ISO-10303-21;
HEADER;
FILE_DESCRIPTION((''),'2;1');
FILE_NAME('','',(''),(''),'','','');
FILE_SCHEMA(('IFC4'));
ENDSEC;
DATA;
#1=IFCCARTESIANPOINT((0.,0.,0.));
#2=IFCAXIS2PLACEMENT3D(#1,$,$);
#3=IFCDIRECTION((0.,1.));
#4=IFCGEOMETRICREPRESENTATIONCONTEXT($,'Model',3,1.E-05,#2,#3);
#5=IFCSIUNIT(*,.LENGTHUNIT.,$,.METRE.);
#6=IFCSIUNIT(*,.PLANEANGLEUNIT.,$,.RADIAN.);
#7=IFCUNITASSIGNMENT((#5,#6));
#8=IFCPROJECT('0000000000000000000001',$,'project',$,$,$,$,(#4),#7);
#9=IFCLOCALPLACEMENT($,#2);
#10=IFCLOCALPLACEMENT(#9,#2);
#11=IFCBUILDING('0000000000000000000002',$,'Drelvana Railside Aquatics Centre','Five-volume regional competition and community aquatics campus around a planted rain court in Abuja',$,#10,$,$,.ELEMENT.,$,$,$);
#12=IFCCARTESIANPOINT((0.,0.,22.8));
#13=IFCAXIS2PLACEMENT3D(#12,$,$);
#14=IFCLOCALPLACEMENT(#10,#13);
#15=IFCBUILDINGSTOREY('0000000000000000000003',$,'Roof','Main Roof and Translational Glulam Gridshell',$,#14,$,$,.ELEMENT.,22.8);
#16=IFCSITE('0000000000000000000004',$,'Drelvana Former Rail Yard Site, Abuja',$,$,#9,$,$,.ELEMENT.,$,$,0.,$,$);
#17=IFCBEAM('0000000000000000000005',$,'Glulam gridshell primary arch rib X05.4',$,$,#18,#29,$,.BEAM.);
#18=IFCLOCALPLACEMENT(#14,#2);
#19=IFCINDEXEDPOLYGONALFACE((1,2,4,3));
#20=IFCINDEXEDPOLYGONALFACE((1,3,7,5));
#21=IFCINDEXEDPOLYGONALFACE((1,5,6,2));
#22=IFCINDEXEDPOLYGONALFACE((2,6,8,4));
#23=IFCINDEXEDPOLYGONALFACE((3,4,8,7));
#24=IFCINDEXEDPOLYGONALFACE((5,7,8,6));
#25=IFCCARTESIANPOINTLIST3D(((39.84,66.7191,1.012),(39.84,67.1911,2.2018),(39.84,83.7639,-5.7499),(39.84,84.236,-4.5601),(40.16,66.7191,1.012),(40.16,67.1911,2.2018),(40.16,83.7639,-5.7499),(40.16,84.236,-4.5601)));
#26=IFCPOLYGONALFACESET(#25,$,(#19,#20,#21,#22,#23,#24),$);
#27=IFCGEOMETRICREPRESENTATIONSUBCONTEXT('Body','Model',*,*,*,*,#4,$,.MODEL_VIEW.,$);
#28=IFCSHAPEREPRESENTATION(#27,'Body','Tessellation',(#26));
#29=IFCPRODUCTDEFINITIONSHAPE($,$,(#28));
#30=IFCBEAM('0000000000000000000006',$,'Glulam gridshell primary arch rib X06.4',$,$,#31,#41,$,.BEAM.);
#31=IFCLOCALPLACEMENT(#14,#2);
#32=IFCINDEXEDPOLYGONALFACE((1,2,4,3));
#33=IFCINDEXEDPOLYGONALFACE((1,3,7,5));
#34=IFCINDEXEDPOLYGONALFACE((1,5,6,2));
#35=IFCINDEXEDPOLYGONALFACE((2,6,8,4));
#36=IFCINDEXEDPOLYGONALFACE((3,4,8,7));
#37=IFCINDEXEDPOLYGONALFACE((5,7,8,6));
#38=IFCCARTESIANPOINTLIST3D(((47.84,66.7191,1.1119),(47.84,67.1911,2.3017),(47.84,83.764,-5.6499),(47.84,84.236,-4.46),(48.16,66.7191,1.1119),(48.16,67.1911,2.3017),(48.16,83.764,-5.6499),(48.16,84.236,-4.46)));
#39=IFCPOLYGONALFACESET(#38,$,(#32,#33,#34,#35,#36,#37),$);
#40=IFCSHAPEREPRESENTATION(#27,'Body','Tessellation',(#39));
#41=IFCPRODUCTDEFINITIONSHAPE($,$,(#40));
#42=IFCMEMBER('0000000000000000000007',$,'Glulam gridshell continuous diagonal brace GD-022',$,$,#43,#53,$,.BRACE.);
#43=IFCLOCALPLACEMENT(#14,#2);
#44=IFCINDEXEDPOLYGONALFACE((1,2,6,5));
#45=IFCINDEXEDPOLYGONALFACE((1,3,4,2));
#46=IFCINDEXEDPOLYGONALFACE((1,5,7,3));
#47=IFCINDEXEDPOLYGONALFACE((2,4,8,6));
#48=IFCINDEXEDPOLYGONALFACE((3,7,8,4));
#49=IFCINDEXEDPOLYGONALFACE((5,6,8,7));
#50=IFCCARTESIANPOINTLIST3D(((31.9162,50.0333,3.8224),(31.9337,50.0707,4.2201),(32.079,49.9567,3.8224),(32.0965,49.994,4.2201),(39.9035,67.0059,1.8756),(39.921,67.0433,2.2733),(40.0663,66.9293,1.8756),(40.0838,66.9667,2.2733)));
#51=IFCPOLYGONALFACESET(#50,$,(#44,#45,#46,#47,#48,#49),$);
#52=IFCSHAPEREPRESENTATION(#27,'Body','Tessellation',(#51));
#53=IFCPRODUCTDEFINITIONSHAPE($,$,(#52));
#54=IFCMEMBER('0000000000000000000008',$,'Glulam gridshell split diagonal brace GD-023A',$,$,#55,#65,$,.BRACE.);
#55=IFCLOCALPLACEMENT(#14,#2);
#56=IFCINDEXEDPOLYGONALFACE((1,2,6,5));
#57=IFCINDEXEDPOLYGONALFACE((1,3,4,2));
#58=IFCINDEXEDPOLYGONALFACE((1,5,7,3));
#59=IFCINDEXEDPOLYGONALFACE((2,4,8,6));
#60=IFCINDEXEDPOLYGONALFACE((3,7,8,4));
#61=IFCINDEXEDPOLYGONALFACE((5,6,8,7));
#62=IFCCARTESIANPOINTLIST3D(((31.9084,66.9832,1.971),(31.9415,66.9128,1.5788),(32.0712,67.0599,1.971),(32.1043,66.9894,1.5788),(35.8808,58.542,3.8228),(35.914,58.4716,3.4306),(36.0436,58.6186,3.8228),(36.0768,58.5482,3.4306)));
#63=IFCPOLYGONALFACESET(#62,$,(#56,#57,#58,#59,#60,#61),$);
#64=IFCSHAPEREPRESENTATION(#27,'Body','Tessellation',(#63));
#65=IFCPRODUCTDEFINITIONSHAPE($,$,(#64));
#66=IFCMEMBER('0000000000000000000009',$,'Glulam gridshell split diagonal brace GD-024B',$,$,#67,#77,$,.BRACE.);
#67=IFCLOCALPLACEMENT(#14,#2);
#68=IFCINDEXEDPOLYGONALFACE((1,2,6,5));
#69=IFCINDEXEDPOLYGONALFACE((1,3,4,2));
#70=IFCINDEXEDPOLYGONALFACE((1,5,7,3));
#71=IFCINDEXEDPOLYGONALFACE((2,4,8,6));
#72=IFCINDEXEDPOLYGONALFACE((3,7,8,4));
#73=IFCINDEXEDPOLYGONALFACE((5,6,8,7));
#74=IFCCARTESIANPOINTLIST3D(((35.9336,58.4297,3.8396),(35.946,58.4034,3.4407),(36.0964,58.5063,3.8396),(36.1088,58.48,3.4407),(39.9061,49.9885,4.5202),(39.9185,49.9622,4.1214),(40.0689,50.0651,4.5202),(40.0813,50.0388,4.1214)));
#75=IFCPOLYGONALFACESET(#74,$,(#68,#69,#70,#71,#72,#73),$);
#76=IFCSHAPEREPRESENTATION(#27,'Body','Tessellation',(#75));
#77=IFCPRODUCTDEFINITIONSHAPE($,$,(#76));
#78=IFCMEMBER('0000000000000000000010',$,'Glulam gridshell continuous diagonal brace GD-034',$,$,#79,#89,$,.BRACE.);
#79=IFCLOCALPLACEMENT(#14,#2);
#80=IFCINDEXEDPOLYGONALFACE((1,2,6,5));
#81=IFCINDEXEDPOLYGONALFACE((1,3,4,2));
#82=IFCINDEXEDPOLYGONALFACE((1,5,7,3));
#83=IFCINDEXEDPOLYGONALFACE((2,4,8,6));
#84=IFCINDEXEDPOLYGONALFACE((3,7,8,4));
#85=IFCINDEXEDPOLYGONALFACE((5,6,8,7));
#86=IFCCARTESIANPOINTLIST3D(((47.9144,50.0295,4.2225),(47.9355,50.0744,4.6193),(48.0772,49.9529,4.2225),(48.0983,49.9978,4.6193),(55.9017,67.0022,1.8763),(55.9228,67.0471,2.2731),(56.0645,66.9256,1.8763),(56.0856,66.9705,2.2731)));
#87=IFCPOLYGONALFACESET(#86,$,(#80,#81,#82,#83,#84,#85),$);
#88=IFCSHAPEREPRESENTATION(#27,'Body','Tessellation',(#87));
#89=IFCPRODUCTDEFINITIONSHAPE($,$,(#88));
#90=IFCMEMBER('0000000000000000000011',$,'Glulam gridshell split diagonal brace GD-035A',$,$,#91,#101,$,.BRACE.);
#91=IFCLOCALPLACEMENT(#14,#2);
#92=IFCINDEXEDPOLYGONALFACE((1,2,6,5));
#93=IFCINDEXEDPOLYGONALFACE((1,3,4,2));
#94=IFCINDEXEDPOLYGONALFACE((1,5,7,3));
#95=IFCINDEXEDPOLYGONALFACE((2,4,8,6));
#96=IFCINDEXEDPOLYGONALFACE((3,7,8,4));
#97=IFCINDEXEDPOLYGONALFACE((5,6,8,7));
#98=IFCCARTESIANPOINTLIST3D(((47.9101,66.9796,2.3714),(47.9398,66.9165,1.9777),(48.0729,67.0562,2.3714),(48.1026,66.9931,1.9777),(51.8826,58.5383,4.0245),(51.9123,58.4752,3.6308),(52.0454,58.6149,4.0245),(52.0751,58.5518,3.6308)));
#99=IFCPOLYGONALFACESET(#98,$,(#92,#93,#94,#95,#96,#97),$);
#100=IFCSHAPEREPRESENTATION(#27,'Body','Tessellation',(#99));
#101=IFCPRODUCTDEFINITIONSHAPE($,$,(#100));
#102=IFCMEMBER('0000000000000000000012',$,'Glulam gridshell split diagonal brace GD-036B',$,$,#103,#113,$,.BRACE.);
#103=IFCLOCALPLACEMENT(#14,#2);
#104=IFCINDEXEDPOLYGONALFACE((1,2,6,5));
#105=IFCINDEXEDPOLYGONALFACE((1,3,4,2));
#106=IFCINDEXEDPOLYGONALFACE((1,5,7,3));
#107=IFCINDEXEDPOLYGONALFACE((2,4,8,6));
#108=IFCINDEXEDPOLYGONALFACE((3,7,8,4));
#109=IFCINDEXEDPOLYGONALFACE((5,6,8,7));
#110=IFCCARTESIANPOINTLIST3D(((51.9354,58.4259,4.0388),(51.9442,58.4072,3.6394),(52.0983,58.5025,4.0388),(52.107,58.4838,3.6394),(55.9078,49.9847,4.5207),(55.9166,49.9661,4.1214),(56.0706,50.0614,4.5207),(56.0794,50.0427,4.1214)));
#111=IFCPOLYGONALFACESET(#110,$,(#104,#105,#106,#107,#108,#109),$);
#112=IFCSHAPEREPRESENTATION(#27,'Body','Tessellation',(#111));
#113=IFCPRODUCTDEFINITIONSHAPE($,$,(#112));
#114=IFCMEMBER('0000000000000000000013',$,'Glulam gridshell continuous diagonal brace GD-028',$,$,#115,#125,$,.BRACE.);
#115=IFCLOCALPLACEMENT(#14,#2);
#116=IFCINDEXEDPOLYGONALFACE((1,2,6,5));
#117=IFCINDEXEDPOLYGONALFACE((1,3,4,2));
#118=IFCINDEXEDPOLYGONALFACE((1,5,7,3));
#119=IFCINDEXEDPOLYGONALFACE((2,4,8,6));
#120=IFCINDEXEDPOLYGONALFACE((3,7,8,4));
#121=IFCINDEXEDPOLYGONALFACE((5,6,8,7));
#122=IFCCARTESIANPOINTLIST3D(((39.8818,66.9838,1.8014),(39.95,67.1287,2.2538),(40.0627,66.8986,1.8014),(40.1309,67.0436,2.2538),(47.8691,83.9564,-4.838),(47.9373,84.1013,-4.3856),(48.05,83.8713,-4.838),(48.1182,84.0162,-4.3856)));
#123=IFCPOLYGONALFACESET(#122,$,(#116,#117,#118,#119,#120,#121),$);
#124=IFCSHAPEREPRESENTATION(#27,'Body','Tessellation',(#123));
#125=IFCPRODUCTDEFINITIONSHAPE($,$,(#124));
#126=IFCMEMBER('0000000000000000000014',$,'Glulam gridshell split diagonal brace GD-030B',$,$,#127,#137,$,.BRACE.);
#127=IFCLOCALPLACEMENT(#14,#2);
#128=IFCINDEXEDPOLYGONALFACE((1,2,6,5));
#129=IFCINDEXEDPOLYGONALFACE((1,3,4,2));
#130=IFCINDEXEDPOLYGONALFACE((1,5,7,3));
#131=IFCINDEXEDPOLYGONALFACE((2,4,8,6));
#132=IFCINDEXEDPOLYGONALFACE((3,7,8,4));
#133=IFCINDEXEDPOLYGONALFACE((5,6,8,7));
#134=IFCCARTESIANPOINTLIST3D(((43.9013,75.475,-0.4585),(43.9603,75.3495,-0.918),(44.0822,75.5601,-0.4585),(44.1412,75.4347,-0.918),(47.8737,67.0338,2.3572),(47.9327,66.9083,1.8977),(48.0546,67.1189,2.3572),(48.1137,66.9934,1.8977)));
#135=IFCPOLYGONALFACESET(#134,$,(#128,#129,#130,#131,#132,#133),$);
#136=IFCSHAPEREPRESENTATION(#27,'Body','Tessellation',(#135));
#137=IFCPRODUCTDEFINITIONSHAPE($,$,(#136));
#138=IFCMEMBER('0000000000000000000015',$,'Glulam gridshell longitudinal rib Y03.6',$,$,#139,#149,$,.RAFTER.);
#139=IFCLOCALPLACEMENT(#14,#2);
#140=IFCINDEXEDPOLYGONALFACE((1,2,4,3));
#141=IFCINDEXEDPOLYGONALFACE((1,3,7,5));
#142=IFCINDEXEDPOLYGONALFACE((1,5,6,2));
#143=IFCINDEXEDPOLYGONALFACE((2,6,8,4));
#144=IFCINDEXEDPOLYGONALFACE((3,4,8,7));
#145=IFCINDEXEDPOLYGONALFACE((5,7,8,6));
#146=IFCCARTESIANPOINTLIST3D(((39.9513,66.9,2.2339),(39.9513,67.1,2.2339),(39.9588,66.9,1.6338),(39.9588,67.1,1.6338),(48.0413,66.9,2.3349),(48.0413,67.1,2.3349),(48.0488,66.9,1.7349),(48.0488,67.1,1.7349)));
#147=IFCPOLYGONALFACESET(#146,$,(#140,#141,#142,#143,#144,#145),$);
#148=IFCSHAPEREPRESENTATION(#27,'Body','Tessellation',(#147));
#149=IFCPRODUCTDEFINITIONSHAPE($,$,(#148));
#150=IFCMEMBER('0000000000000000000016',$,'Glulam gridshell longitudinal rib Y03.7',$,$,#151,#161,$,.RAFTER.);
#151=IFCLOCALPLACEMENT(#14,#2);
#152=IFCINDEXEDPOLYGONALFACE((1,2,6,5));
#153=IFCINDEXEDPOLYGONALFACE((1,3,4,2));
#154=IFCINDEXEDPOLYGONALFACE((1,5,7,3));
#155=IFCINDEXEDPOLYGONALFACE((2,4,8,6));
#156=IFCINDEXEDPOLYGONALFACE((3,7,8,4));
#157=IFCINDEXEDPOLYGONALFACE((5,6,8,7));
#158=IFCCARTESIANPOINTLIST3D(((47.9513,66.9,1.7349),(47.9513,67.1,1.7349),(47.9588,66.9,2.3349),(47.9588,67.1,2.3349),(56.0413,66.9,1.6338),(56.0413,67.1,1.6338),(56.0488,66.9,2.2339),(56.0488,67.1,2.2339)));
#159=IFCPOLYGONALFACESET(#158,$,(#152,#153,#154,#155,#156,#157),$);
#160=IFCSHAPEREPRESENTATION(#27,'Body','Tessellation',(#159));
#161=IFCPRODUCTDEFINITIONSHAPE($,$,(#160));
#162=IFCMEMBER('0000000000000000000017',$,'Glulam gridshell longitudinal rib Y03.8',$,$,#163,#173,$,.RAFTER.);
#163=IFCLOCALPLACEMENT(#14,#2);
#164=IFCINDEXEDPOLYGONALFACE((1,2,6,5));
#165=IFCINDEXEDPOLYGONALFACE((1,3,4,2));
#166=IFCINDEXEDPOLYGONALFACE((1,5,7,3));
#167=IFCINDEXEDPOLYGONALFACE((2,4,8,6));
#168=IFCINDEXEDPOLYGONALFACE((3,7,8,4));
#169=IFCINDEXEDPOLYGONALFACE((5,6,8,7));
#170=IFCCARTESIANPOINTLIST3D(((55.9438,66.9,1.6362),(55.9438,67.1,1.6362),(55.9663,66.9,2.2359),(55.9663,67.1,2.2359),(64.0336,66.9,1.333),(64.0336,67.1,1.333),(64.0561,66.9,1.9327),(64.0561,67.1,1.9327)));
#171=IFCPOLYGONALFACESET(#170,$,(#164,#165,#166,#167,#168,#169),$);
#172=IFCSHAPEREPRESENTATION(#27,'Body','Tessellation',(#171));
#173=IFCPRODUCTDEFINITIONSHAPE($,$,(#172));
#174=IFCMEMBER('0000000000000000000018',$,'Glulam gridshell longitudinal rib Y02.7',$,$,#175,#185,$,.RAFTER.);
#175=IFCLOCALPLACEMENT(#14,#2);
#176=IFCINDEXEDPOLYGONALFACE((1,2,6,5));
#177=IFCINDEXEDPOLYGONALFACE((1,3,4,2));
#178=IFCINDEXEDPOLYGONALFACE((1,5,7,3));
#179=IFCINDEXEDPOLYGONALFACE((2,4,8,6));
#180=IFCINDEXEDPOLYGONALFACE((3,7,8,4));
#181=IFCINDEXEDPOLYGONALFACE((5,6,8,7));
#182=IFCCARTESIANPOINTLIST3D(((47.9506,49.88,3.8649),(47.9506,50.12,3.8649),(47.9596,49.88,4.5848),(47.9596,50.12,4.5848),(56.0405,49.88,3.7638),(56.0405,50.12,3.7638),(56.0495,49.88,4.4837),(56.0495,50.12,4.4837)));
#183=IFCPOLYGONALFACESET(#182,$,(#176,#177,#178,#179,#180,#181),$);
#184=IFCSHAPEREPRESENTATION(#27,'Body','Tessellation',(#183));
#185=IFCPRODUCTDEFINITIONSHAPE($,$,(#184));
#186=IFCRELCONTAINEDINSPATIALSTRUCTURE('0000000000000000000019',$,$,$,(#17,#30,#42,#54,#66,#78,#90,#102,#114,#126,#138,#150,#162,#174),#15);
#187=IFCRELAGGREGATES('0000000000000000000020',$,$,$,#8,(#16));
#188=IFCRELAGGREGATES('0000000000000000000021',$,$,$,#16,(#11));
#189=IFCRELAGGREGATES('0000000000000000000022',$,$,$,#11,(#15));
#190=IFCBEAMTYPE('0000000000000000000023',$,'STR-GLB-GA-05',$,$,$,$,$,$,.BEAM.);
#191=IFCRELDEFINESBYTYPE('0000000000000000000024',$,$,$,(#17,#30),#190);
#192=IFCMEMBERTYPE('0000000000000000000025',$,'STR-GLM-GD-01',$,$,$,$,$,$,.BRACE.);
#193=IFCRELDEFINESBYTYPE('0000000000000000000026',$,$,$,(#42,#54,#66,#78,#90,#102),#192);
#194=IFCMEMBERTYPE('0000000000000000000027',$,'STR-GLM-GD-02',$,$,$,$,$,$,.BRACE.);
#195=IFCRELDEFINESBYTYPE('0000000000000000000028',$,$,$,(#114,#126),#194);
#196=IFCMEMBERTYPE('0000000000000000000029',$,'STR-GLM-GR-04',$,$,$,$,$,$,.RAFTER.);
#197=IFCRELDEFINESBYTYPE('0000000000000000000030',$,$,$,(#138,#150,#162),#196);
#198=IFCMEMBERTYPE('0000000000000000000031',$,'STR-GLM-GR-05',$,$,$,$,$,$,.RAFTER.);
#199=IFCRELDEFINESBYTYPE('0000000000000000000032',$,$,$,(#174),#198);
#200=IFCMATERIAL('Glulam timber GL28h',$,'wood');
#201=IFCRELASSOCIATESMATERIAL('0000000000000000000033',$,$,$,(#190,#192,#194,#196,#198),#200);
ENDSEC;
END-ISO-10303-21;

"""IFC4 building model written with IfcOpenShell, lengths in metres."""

from ifc_helpers import new_model, si_unit, direction, frame, origin, origin_2d, place, context, subcontext, project, spatial, rectangle, extrude, material, material_profile, profile_set, type_object, element, save


model = new_model("IFC4")

# Units and contexts
model_context = context("Model", 3, precision=1e-05, world=origin(), true_north=direction((0.0, 1.0)))
body_context = subcontext(model_context, "Body", "Model", "MODEL_VIEW")
ifc_project = project(units=[si_unit("LENGTHUNIT", "METRE"), si_unit("PLANEANGLEUNIT", "RADIAN")], contexts=[model_context])

# Site, building, storey
site_placement = place(None, origin())
site = spatial("IfcSite", under=ifc_project, at=site_placement, Name="Drelvana Former Rail Yard Site, Abuja", CompositionType="ELEMENT", RefElevation=0.0)
building_placement = place(site_placement, origin())
building = spatial("IfcBuilding", under=site, at=building_placement, Name="Drelvana Railside Aquatics Centre", Description="Five-volume regional competition and community aquatics campus around a planted rain court in Abuja", CompositionType="ELEMENT")
storey_placement = place(building_placement, frame((0.0, 0.0, 22.8)))
storey = spatial("IfcBuildingStorey", under=building, at=storey_placement, Name="Roof", Description="Main Roof and Translational Glulam Gridshell", CompositionType="ELEMENT", Elevation=22.8)

# Beams
ifc_material_1 = material(Name="Glulam timber GL28h", Category="wood")
ifc_material_profile_1 = material_profile(ifc_material_1, rectangle(XDim=0.3201, YDim=1.28, at=origin_2d()), Name="GL28h 320x1280")
ifc_profile_set_1 = profile_set([ifc_material_profile_1], Name="Glulam timber GL28h")
beam_type = type_object("IfcBeamType", Name="STR-GLB-GA-05", PredefinedType="BEAM", material=ifc_profile_set_1)
for number, where, z_axis, x_axis, name in (
    (1, (40.0, 66.9551, 1.6069), (0.0, 0.929526, -0.368756), (-1.0, 0.0, 0.0), "Glulam gridshell primary arch rib X05.4"),
    (2, (48.0, 66.9551, 1.7068), (0.0, 0.929531, -0.368745), (-1.0, 0.0, 0.0), "Glulam gridshell primary arch rib X06.4"),
):
    element("IfcBeam", number, at=place(storey_placement, frame(where, z_axis=z_axis, x_axis=x_axis)), inside=storey, type_object=beam_type, Name=name, PredefinedType="BEAM", context=body_context, shape_type="SweptSolid", body=[
        extrude(rectangle(XDim=0.3201, YDim=1.28, at=origin_2d()), origin(), (0.0, 0.0, 1.0), 18.3372),
    ])

# Members
ifc_material_profile_2 = material_profile(ifc_material_1, rectangle(XDim=0.1799, YDim=0.3999, at=origin_2d()), Name="GL28h 180x400")
ifc_profile_set_2 = profile_set([ifc_material_profile_2], Name="Glulam timber GL28h")
member_type_1 = type_object("IfcMemberType", Name="STR-GLM-GD-01", PredefinedType="BRACE", material=ifc_profile_set_2)
member_1_placement = place(storey_placement, frame((32.0063, 50.0137, 4.0212), z_axis=(0.42353, 0.899981, -0.103229), x_axis=(-0.904815, 0.425805, 0.0)))
element("IfcMember", 3, at=member_1_placement, inside=storey, type_object=member_type_1, Name="Glulam gridshell continuous diagonal brace GD-022", PredefinedType="BRACE", context=body_context, shape_type="SweptSolid", body=[
    extrude(rectangle(XDim=0.1799, YDim=0.3999, at=origin_2d()), origin(), (0.0, 0.0, 1.0), 18.8589),
])
member_2_placement = place(storey_placement, frame((32.0063, 66.9863, 1.7749), z_axis=(0.417657, -0.887499, 0.194698), x_axis=(0.904815, 0.425806, 0.0)))
element("IfcMember", 4, at=member_2_placement, inside=storey, type_object=member_type_1, Name="Glulam gridshell split diagonal brace GD-023A", PredefinedType="BRACE", context=body_context, shape_type="SweptSolid", body=[
    extrude(rectangle(XDim=0.1799, YDim=0.3999, at=origin_2d()), origin(), (0.0, 0.0, 1.0), 9.5112),
])
member_3_placement = place(storey_placement, frame((36.0212, 58.4548, 3.6401), z_axis=(0.424677, -0.902416, 0.072767), x_axis=(0.904815, 0.425806, 0.0)))
element("IfcMember", 5, at=member_3_placement, inside=storey, type_object=member_type_1, Name="Glulam gridshell split diagonal brace GD-024B", PredefinedType="BRACE", context=body_context, shape_type="SweptSolid", body=[
    extrude(rectangle(XDim=0.1799, YDim=0.3999, at=origin_2d()), origin(), (0.0, 0.0, 1.0), 9.354),
])
member_4_placement = place(storey_placement, frame((48.0063, 50.0137, 4.4209), z_axis=(0.422512, 0.89782, -0.124109), x_axis=(-0.904815, 0.425805, 0.0)))
element("IfcMember", 6, at=member_4_placement, inside=storey, type_object=member_type_1, Name="Glulam gridshell continuous diagonal brace GD-034", PredefinedType="BRACE", context=body_context, shape_type="SweptSolid", body=[
    extrude(rectangle(XDim=0.1799, YDim=0.3999, at=origin_2d()), origin(), (0.0, 0.0, 1.0), 18.9043),
])
member_5_placement = place(storey_placement, frame((48.0063, 66.9863, 2.1746), z_axis=(0.419275, -0.890936, 0.174477), x_axis=(0.904815, 0.425806, 0.0)))
element("IfcMember", 7, at=member_5_placement, inside=storey, type_object=member_type_1, Name="Glulam gridshell split diagonal brace GD-035A", PredefinedType="BRACE", context=body_context, shape_type="SweptSolid", body=[
    extrude(rectangle(XDim=0.1799, YDim=0.3999, at=origin_2d()), origin(), (0.0, 0.0, 1.0), 9.4746),
])
member_6_placement = place(storey_placement, frame((52.0212, 58.4548, 3.8391), z_axis=(0.425239, -0.90361, 0.05159), x_axis=(0.904815, 0.425806, 0.0)))
element("IfcMember", 8, at=member_6_placement, inside=storey, type_object=member_type_1, Name="Glulam gridshell split diagonal brace GD-036B", PredefinedType="BRACE", context=body_context, shape_type="SweptSolid", body=[
    extrude(rectangle(XDim=0.1799, YDim=0.3999, at=origin_2d()), origin(), (0.0, 0.0, 1.0), 9.3416),
])
ifc_material_profile_3 = material_profile(ifc_material_1, rectangle(XDim=0.2, YDim=0.48, at=origin_2d()), Name="GL28h 200x480")
ifc_profile_set_3 = profile_set([ifc_material_profile_3], Name="Glulam timber GL28h")
member_type_2 = type_object("IfcMemberType", Name="STR-GLM-GD-02", PredefinedType="BRACE", material=ifc_profile_set_3)
member_7_placement = place(storey_placement, frame((40.0063, 67.0137, 2.0276), z_axis=(0.401403, 0.852962, -0.333664), x_axis=(-0.904815, 0.425805, 0.0)))
element("IfcMember", 9, at=member_7_placement, inside=storey, type_object=member_type_2, Name="Glulam gridshell continuous diagonal brace GD-028", PredefinedType="BRACE", context=body_context, shape_type="SweptSolid", body=[
    extrude(rectangle(XDim=0.2, YDim=0.48, at=origin_2d()), origin(), (0.0, 0.0, 1.0), 19.8984),
])
member_8_placement = place(storey_placement, frame((44.0212, 75.4548, -0.6882), z_axis=(0.407644, -0.866221, 0.288941), x_axis=(0.904815, 0.425806, 0.0)))
element("IfcMember", 10, at=member_8_placement, inside=storey, type_object=member_type_2, Name="Glulam gridshell split diagonal brace GD-030B", PredefinedType="BRACE", context=body_context, shape_type="SweptSolid", body=[
    extrude(rectangle(XDim=0.2, YDim=0.48, at=origin_2d()), origin(), (0.0, 0.0, 1.0), 9.7449),
])
ifc_material_profile_4 = material_profile(ifc_material_1, rectangle(XDim=0.2, YDim=0.6001, at=origin_2d()), Name="GL28h 200x600")
ifc_profile_set_4 = profile_set([ifc_material_profile_4], Name="Glulam timber GL28h")
member_type_3 = type_object("IfcMemberType", Name="STR-GLM-GR-04", PredefinedType="RAFTER", material=ifc_profile_set_4)
for number, where, z_axis, x_axis, name in (
    (11, (39.9551, 67.0, 1.9338), (0.999922, 0.0, 0.012493), (0.0, 1.0, 0.0), "Glulam gridshell longitudinal rib Y03.6"),
    (12, (47.9551, 67.0, 2.0349), (0.999922, 0.0, -0.012493), (0.0, 1.0, 0.0), "Glulam gridshell longitudinal rib Y03.7"),
):
    element("IfcMember", number, at=place(storey_placement, frame(where, z_axis=z_axis, x_axis=x_axis)), inside=storey, type_object=member_type_3, Name=name, PredefinedType="RAFTER", context=body_context, shape_type="SweptSolid", body=[
        extrude(rectangle(XDim=0.2, YDim=0.6001, at=origin_2d()), origin(), (0.0, 0.0, 1.0), 8.0906),
    ])
member_9_placement = place(storey_placement, frame((55.9551, 67.0, 1.936), z_axis=(0.999298, 0.0, -0.037456), x_axis=(0.0, 1.0, 0.0)))
element("IfcMember", 13, at=member_9_placement, inside=storey, type_object=member_type_3, Name="Glulam gridshell longitudinal rib Y03.8", PredefinedType="RAFTER", context=body_context, shape_type="SweptSolid", body=[
    extrude(rectangle(XDim=0.2, YDim=0.6001, at=origin_2d()), origin(), (0.0, 0.0, 1.0), 8.0955),
])
ifc_material_profile_5 = material_profile(ifc_material_1, rectangle(XDim=0.24, YDim=0.72, at=origin_2d()), Name="GL28h 240x720")
ifc_profile_set_5 = profile_set([ifc_material_profile_5], Name="Glulam timber GL28h")
member_type_4 = type_object("IfcMemberType", Name="STR-GLM-GR-05", PredefinedType="RAFTER", material=ifc_profile_set_5)
member_10_placement = place(storey_placement, frame((47.9551, 50.0, 4.2249), z_axis=(0.999922, 0.0, -0.012493), x_axis=(0.0, 1.0, 0.0)))
element("IfcMember", 14, at=member_10_placement, inside=storey, type_object=member_type_4, Name="Glulam gridshell longitudinal rib Y02.7", PredefinedType="RAFTER", context=body_context, shape_type="SweptSolid", body=[
    extrude(rectangle(XDim=0.24, YDim=0.72, at=origin_2d()), origin(), (0.0, 0.0, 1.0), 8.0906),
])

save(model, "model.ifc")
